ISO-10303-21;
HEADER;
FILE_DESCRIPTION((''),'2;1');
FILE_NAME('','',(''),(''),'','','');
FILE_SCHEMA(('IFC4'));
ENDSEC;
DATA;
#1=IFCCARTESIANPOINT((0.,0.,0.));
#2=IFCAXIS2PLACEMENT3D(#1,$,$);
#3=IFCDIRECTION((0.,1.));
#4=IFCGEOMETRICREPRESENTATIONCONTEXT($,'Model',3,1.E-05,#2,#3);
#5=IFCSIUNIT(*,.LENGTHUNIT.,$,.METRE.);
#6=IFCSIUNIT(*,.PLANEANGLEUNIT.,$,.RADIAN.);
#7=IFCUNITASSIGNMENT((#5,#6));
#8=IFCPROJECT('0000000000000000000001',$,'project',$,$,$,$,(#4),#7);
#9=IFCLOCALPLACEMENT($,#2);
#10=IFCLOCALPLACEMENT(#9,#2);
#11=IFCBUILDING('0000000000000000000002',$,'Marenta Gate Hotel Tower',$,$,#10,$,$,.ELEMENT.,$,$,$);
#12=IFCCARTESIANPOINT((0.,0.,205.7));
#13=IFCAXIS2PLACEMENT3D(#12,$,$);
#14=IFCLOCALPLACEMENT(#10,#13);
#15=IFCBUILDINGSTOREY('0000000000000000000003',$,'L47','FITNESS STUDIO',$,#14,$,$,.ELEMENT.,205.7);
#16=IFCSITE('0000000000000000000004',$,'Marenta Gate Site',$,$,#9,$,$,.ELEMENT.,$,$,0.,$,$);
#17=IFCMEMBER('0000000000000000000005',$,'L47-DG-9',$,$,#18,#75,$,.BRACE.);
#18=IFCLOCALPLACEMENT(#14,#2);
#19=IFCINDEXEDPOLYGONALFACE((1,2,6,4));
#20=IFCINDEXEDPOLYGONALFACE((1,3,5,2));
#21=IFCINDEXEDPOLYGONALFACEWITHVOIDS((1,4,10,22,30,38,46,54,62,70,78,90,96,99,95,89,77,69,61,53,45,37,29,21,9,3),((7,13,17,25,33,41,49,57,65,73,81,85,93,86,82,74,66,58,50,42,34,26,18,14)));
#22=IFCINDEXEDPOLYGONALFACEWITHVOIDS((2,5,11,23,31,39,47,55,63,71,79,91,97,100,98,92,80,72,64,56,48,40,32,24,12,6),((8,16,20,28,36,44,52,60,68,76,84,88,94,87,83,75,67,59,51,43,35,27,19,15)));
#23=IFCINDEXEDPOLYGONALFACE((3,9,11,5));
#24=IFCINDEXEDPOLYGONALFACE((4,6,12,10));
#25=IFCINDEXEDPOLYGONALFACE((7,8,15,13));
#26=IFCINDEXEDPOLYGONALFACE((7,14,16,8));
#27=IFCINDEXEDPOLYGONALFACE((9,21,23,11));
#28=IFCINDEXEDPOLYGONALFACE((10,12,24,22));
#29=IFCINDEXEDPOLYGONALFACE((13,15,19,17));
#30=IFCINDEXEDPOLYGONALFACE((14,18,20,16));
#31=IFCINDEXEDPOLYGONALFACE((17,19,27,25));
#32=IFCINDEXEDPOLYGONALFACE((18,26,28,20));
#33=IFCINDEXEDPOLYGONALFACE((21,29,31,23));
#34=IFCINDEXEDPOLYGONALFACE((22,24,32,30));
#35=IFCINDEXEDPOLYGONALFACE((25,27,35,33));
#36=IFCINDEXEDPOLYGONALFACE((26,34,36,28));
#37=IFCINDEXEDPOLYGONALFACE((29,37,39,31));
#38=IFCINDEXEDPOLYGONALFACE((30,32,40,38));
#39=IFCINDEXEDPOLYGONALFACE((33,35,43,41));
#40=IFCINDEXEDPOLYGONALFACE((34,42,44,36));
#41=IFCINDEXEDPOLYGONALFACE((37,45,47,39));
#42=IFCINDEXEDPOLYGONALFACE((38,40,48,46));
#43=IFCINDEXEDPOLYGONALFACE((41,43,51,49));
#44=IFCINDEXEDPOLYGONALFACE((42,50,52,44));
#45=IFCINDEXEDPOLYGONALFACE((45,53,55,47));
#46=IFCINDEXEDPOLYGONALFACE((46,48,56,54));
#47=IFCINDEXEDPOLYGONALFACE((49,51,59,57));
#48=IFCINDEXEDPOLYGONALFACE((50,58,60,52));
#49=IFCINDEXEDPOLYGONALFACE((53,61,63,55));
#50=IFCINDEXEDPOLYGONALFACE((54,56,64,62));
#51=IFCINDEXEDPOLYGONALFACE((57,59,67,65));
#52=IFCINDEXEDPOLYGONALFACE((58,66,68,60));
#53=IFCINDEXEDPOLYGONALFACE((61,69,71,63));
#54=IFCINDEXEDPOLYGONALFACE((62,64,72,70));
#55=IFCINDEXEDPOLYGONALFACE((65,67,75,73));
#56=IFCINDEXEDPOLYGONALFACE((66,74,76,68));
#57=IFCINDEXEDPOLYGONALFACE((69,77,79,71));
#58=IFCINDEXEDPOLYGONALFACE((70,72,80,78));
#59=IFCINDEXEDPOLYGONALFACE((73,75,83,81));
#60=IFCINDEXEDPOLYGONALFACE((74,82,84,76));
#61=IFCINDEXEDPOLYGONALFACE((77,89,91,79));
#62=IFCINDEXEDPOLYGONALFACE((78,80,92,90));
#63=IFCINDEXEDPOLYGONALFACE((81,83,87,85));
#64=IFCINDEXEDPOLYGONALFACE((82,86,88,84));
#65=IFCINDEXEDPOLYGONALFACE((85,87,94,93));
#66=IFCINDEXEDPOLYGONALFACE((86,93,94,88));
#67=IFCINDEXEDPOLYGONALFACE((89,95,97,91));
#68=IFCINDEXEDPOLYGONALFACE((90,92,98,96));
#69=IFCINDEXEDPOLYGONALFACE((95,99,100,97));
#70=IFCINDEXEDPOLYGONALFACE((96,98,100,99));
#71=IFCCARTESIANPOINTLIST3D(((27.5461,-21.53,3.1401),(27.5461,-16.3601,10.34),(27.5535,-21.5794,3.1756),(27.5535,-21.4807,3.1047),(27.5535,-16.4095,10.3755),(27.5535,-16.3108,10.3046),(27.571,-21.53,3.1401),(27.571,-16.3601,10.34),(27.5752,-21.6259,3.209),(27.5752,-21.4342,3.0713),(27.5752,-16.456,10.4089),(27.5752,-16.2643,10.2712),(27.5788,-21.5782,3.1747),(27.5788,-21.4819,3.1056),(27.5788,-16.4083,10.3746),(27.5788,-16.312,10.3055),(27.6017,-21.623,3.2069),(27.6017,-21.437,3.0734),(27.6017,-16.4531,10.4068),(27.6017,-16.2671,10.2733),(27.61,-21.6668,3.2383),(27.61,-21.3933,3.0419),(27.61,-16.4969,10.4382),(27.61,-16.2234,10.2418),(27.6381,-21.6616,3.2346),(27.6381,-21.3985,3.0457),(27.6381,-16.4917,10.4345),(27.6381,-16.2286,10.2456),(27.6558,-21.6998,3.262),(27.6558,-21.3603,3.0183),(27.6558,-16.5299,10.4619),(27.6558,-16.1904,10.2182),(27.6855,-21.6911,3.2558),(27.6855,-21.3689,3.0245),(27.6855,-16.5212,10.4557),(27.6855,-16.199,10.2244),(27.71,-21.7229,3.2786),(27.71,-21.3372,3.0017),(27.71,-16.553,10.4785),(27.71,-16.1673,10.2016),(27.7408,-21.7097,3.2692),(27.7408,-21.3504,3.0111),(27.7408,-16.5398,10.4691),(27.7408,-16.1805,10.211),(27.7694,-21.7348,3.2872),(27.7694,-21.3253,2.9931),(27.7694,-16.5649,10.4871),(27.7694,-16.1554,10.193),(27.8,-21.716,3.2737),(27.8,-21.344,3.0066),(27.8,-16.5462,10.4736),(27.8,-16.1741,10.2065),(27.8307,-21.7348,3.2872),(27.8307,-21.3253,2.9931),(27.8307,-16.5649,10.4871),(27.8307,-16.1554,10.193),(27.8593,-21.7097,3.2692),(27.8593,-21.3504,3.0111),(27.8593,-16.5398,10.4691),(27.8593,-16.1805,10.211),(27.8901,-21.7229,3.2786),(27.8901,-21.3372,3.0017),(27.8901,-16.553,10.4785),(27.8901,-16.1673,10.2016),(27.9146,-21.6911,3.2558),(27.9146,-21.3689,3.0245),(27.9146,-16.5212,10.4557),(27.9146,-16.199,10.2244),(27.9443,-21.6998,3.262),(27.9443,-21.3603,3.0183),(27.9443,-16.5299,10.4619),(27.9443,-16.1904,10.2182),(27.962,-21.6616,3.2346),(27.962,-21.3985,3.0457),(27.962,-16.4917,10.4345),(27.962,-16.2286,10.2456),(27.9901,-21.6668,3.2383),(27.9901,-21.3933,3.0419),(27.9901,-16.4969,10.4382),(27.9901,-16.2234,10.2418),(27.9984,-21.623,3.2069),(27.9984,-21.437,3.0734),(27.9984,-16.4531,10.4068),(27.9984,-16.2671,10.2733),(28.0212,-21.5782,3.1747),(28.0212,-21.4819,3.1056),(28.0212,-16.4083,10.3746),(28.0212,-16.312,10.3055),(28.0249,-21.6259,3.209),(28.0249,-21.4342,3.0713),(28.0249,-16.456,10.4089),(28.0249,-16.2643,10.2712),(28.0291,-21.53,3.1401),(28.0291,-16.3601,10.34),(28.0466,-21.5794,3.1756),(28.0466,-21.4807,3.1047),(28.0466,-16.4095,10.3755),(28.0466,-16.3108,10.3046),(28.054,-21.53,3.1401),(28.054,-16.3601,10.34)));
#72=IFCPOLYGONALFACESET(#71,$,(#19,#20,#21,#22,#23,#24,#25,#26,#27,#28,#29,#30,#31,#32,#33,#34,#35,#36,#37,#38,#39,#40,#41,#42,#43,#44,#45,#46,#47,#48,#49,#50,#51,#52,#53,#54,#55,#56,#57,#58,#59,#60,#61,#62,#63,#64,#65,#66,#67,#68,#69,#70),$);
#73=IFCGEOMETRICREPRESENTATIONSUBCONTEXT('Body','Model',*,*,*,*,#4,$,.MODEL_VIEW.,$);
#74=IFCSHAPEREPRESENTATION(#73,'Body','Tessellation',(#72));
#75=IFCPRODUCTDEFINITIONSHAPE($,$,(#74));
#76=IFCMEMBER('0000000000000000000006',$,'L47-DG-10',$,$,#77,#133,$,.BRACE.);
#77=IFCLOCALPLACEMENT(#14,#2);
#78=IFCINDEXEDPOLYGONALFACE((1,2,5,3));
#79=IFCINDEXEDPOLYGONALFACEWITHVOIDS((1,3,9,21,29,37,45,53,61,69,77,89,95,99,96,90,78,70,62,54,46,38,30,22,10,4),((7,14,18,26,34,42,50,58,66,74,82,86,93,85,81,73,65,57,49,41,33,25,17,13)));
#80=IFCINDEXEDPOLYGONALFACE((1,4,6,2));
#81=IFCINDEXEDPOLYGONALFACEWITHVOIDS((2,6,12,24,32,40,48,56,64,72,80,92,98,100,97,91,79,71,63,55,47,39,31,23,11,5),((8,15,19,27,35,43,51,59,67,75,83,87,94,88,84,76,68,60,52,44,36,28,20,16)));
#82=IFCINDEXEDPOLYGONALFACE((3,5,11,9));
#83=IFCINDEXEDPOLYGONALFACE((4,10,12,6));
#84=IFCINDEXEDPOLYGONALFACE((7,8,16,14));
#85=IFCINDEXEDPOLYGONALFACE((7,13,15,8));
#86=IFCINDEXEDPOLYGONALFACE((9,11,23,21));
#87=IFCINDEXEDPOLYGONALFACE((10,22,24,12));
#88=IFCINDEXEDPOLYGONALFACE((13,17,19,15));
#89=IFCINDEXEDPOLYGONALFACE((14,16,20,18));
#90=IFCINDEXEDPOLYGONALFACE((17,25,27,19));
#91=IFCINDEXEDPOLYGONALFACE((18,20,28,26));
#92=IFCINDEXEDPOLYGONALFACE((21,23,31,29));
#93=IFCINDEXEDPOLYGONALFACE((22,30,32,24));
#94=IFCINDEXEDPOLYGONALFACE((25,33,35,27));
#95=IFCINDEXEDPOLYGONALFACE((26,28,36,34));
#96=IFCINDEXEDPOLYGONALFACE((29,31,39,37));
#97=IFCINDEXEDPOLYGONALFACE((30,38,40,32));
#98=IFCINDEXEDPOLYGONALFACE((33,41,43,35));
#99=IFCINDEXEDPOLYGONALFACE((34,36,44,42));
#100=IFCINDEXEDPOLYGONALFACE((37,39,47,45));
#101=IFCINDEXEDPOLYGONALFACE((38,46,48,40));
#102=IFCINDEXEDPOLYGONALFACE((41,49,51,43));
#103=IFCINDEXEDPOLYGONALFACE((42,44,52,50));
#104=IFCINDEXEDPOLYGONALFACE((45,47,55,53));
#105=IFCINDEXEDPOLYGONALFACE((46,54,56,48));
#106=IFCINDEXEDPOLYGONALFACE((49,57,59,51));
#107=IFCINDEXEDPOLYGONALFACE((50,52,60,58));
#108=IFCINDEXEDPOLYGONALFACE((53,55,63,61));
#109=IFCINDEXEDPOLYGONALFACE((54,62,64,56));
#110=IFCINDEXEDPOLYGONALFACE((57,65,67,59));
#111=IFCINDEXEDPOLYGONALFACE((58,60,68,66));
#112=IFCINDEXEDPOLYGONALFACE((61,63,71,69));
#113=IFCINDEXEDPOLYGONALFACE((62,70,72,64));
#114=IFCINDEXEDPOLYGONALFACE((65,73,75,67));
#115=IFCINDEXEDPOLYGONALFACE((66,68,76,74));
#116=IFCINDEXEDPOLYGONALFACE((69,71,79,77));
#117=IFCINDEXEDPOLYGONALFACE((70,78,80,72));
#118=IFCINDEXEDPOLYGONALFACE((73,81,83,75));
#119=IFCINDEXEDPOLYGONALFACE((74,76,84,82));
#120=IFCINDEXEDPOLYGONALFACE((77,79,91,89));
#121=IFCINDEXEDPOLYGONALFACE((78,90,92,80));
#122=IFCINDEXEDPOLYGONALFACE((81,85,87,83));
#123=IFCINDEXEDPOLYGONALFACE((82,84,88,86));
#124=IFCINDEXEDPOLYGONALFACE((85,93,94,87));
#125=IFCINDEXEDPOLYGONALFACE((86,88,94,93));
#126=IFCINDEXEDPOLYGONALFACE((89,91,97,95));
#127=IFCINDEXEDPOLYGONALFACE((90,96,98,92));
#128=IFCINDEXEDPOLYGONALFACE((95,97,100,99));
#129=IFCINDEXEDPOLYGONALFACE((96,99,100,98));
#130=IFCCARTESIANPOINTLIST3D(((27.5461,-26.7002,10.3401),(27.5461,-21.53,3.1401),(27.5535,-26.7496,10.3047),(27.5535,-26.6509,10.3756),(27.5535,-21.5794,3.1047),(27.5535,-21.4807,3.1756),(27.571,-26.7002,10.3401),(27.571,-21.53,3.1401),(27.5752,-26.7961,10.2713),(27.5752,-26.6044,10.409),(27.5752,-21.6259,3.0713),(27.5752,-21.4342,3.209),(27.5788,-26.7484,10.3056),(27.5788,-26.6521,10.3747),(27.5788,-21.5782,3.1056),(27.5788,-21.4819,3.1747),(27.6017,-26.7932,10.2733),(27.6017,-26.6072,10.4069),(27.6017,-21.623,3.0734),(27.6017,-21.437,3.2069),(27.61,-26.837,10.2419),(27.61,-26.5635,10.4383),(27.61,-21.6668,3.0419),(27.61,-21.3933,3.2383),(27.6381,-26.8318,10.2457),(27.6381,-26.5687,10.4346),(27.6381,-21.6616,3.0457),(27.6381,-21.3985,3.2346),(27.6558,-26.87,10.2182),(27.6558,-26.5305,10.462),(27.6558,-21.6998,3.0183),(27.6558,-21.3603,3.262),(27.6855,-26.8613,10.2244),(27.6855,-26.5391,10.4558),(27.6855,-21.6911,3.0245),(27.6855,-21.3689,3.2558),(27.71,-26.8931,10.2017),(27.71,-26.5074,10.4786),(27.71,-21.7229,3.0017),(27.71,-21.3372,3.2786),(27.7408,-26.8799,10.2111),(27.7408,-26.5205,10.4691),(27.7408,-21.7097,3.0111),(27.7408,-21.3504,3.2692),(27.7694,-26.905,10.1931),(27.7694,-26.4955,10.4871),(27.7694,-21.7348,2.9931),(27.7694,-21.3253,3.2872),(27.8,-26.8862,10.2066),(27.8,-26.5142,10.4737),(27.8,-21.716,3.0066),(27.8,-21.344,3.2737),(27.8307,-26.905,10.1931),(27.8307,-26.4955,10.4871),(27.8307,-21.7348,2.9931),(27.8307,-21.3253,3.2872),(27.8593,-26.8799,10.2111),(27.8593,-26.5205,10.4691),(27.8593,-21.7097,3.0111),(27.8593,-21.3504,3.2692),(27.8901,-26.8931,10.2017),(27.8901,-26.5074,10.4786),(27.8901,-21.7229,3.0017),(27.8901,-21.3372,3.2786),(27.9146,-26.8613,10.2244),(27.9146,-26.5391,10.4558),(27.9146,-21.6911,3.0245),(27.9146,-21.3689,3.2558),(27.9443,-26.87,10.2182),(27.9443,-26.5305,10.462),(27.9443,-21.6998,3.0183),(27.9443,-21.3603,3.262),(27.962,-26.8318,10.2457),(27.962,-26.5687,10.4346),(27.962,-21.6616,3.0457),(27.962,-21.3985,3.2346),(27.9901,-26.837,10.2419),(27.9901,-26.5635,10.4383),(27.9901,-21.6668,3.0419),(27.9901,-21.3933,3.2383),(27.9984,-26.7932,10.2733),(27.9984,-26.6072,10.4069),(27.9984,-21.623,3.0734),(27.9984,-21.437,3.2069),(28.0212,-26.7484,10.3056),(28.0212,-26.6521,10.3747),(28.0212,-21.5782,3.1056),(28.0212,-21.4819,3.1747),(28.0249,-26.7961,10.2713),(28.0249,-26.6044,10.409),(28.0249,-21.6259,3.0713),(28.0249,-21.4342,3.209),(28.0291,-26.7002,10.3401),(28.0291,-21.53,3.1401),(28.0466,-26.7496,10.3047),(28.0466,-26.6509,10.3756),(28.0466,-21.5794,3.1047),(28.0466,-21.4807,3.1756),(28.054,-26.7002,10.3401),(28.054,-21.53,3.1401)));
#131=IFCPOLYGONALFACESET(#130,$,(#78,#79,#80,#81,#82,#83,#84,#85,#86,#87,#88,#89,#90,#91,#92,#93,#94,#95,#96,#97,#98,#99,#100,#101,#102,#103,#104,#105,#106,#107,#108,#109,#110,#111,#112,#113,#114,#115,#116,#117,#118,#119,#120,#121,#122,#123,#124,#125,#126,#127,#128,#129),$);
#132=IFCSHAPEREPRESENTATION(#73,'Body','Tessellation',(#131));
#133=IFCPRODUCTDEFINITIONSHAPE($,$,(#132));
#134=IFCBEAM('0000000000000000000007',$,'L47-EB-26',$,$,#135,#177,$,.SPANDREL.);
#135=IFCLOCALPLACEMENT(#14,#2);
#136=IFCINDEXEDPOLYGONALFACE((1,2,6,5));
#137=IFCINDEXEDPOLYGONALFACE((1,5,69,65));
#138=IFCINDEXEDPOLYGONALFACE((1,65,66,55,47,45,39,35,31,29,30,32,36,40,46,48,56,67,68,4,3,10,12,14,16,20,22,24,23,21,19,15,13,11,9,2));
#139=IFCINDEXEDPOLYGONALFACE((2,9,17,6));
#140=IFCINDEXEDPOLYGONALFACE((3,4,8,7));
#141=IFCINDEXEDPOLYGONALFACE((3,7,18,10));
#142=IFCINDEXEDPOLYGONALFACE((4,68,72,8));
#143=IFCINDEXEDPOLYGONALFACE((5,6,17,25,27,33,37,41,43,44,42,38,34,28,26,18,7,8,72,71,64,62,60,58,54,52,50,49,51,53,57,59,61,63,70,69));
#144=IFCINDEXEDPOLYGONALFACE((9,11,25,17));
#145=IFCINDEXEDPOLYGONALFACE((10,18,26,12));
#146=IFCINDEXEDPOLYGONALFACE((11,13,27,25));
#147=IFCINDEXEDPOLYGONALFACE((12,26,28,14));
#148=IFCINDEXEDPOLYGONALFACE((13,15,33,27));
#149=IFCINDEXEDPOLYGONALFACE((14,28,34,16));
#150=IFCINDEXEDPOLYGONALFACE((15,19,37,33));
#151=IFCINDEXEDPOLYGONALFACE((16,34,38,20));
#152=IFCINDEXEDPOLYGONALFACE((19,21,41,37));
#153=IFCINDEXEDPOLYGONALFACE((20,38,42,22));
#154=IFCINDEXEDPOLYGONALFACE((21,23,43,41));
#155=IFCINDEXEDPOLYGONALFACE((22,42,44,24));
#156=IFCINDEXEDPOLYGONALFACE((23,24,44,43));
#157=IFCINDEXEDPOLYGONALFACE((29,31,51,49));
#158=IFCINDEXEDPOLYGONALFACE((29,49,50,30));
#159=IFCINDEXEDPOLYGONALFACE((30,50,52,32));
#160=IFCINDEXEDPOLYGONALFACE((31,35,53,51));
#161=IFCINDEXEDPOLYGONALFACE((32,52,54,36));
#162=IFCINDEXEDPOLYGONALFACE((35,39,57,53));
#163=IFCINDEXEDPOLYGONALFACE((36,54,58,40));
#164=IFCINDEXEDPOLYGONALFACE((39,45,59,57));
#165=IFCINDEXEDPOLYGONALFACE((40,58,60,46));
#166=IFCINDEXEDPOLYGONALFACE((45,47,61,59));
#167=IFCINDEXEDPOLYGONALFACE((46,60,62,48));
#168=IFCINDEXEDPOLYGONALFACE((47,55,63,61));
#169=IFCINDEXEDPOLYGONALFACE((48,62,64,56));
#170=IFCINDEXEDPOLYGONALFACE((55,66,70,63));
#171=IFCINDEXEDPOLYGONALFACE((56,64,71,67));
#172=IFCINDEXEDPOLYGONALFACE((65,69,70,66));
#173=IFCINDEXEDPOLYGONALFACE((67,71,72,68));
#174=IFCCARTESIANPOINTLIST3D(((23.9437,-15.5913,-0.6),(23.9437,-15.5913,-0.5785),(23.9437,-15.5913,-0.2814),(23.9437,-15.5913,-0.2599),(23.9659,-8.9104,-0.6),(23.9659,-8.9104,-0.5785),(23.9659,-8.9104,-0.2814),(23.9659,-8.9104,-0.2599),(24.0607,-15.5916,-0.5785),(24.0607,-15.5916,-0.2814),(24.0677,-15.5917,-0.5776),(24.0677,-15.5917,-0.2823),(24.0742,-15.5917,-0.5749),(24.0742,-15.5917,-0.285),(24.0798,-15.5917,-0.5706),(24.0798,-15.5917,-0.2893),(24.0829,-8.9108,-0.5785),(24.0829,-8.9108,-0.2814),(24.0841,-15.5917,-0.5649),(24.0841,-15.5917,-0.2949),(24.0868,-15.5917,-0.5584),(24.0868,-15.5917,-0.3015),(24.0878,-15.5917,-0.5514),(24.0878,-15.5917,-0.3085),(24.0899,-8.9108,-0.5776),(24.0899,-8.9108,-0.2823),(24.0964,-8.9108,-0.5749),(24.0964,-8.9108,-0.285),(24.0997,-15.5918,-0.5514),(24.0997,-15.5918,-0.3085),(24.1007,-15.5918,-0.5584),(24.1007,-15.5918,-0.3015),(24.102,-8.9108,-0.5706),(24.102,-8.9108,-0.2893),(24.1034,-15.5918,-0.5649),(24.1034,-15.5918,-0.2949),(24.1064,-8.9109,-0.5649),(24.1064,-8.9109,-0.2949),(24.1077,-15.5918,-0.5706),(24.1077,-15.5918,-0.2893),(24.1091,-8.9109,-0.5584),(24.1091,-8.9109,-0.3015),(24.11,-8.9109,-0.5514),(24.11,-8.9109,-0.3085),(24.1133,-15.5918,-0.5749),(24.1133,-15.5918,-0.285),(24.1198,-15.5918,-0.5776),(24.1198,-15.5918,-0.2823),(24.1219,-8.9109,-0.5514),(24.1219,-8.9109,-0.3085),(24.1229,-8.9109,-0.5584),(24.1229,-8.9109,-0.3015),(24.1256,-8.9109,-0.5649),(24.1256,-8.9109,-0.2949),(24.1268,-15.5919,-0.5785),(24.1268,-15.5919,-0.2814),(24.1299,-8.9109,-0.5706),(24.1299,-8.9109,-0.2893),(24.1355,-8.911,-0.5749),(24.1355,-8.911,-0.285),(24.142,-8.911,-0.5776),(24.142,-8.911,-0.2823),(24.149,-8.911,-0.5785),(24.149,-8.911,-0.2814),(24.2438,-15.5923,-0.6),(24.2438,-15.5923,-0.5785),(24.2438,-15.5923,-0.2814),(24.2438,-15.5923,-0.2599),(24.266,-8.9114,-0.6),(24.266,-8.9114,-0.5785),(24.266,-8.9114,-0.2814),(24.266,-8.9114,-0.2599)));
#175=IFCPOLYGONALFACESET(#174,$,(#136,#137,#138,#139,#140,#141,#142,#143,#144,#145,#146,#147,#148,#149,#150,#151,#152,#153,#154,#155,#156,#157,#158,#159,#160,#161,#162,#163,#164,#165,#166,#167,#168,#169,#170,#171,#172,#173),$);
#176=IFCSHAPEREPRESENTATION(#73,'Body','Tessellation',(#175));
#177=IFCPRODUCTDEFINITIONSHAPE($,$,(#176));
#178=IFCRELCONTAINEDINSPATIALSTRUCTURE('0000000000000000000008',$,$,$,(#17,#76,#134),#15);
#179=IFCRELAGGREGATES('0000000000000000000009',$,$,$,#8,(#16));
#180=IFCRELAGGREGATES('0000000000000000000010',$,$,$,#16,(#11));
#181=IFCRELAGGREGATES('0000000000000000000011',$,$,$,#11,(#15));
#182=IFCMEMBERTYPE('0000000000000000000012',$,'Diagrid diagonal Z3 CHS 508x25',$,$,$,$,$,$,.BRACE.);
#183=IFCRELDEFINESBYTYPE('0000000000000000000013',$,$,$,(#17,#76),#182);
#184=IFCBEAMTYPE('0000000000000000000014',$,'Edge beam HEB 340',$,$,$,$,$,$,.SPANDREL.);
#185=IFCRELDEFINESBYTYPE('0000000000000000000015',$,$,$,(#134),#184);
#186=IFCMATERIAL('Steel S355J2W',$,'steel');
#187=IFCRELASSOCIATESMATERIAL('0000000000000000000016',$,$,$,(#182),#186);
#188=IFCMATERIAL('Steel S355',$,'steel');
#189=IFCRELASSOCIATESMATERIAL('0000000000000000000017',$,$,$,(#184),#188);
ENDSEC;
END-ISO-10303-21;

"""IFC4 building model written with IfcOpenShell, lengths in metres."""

from ifc_helpers import new_model, si_unit, direction, frame, origin, origin_2d, place, context, subcontext, project, spatial, hollow_circle, i_section, extrude, material, material_profile, profile_set, type_object, element, save


model = new_model("IFC4")

# Units and contexts
model_context = context("Model", 3, precision=1e-05, world=origin(), true_north=direction((0.0, 1.0)))
body_context = subcontext(model_context, "Body", "Model", "MODEL_VIEW")
ifc_project = project(units=[si_unit("LENGTHUNIT", "METRE"), si_unit("PLANEANGLEUNIT", "RADIAN")], contexts=[model_context])

# Site, building, storey
site_placement = place(None, origin())
site = spatial("IfcSite", under=ifc_project, at=site_placement, Name="Marenta Gate Site", CompositionType="ELEMENT", RefElevation=0.0)
building_placement = place(site_placement, origin())
building = spatial("IfcBuilding", under=site, at=building_placement, Name="Marenta Gate Hotel Tower", CompositionType="ELEMENT")
storey_placement = place(building_placement, frame((0.0, 0.0, 205.7)))
storey = spatial("IfcBuildingStorey", under=building, at=storey_placement, Name="L47", Description="FITNESS STUDIO", CompositionType="ELEMENT", Elevation=205.7)

# Members
ifc_material_1 = material(Name="Steel S355J2W", Category="steel")
ifc_material_profile_1 = material_profile(ifc_material_1, hollow_circle(Radius=0.2539, WallThickness=0.0249, at=origin_2d()), Name="CHS 508x25")
ifc_profile_set_1 = profile_set([ifc_material_profile_1], Name="Steel S355J2W")
member_type_1 = type_object("IfcMemberType", Name="Diagrid diagonal Z3 CHS 508x25", PredefinedType="BRACE", material=ifc_profile_set_1)
for number, where, z_axis, x_axis, name in (
    (1, (27.8, -21.53, 3.1401), (0.0, 0.583261, 0.812285), (-1.0, 0.0, 0.0), "L47-DG-9"),
):
    element("IfcMember", number, at=place(storey_placement, frame(where, z_axis=z_axis, x_axis=x_axis)), inside=storey, type_object=member_type_1, Name=name, PredefinedType="BRACE", context=body_context, shape_type="SweptSolid", body=[
        extrude(hollow_circle(Radius=0.2539, WallThickness=0.0249, at=origin_2d()), origin(), (0.0, 0.0, 1.0), 8.8638),
    ])
member_1_placement = place(storey_placement, frame((27.8, -21.53, 3.1401), z_axis=(0.0, -0.583279, 0.812272), x_axis=(1.0, 0.0, 0.0)))
element("IfcMember", 2, at=member_1_placement, inside=storey, type_object=member_type_1, Name="L47-DG-10", PredefinedType="BRACE", context=body_context, shape_type="SweptSolid", body=[
    extrude(hollow_circle(Radius=0.2539, WallThickness=0.0249, at=origin_2d()), origin(), (0.0, 0.0, 1.0), 8.864),
])

# Beam
ifc_material_2 = material(Name="Steel S355", Category="steel")
ifc_material_profile_2 = material_profile(ifc_material_2, i_section(OverallWidth=0.3, OverallDepth=0.3401, WebThickness=0.012, FlangeThickness=0.0215, FilletRadius=0.0271, at=origin_2d()), Name="HEB 340")
ifc_profile_set_2 = profile_set([ifc_material_profile_2], Name="Steel S355")
beam_type_1 = type_object("IfcBeamType", Name="Edge beam HEB 340", PredefinedType="SPANDREL", material=ifc_profile_set_2)
beam_1_placement = place(storey_placement, frame((24.116, -8.9109, -0.4299), z_axis=(-0.003325, -0.999994, 0.0), x_axis=(0.999994, -0.003325, 0.0)))
element("IfcBeam", 3, at=beam_1_placement, inside=storey, type_object=beam_type_1, Name="L47-EB-26", PredefinedType="SPANDREL", context=body_context, shape_type="SweptSolid", body=[
    extrude(i_section(OverallWidth=0.3, OverallDepth=0.3401, WebThickness=0.012, FlangeThickness=0.0215, FilletRadius=0.0271, at=origin_2d()), origin(), (0.0, 0.0, 1.0), 6.6809),
])

save(model, "model.ifc")
